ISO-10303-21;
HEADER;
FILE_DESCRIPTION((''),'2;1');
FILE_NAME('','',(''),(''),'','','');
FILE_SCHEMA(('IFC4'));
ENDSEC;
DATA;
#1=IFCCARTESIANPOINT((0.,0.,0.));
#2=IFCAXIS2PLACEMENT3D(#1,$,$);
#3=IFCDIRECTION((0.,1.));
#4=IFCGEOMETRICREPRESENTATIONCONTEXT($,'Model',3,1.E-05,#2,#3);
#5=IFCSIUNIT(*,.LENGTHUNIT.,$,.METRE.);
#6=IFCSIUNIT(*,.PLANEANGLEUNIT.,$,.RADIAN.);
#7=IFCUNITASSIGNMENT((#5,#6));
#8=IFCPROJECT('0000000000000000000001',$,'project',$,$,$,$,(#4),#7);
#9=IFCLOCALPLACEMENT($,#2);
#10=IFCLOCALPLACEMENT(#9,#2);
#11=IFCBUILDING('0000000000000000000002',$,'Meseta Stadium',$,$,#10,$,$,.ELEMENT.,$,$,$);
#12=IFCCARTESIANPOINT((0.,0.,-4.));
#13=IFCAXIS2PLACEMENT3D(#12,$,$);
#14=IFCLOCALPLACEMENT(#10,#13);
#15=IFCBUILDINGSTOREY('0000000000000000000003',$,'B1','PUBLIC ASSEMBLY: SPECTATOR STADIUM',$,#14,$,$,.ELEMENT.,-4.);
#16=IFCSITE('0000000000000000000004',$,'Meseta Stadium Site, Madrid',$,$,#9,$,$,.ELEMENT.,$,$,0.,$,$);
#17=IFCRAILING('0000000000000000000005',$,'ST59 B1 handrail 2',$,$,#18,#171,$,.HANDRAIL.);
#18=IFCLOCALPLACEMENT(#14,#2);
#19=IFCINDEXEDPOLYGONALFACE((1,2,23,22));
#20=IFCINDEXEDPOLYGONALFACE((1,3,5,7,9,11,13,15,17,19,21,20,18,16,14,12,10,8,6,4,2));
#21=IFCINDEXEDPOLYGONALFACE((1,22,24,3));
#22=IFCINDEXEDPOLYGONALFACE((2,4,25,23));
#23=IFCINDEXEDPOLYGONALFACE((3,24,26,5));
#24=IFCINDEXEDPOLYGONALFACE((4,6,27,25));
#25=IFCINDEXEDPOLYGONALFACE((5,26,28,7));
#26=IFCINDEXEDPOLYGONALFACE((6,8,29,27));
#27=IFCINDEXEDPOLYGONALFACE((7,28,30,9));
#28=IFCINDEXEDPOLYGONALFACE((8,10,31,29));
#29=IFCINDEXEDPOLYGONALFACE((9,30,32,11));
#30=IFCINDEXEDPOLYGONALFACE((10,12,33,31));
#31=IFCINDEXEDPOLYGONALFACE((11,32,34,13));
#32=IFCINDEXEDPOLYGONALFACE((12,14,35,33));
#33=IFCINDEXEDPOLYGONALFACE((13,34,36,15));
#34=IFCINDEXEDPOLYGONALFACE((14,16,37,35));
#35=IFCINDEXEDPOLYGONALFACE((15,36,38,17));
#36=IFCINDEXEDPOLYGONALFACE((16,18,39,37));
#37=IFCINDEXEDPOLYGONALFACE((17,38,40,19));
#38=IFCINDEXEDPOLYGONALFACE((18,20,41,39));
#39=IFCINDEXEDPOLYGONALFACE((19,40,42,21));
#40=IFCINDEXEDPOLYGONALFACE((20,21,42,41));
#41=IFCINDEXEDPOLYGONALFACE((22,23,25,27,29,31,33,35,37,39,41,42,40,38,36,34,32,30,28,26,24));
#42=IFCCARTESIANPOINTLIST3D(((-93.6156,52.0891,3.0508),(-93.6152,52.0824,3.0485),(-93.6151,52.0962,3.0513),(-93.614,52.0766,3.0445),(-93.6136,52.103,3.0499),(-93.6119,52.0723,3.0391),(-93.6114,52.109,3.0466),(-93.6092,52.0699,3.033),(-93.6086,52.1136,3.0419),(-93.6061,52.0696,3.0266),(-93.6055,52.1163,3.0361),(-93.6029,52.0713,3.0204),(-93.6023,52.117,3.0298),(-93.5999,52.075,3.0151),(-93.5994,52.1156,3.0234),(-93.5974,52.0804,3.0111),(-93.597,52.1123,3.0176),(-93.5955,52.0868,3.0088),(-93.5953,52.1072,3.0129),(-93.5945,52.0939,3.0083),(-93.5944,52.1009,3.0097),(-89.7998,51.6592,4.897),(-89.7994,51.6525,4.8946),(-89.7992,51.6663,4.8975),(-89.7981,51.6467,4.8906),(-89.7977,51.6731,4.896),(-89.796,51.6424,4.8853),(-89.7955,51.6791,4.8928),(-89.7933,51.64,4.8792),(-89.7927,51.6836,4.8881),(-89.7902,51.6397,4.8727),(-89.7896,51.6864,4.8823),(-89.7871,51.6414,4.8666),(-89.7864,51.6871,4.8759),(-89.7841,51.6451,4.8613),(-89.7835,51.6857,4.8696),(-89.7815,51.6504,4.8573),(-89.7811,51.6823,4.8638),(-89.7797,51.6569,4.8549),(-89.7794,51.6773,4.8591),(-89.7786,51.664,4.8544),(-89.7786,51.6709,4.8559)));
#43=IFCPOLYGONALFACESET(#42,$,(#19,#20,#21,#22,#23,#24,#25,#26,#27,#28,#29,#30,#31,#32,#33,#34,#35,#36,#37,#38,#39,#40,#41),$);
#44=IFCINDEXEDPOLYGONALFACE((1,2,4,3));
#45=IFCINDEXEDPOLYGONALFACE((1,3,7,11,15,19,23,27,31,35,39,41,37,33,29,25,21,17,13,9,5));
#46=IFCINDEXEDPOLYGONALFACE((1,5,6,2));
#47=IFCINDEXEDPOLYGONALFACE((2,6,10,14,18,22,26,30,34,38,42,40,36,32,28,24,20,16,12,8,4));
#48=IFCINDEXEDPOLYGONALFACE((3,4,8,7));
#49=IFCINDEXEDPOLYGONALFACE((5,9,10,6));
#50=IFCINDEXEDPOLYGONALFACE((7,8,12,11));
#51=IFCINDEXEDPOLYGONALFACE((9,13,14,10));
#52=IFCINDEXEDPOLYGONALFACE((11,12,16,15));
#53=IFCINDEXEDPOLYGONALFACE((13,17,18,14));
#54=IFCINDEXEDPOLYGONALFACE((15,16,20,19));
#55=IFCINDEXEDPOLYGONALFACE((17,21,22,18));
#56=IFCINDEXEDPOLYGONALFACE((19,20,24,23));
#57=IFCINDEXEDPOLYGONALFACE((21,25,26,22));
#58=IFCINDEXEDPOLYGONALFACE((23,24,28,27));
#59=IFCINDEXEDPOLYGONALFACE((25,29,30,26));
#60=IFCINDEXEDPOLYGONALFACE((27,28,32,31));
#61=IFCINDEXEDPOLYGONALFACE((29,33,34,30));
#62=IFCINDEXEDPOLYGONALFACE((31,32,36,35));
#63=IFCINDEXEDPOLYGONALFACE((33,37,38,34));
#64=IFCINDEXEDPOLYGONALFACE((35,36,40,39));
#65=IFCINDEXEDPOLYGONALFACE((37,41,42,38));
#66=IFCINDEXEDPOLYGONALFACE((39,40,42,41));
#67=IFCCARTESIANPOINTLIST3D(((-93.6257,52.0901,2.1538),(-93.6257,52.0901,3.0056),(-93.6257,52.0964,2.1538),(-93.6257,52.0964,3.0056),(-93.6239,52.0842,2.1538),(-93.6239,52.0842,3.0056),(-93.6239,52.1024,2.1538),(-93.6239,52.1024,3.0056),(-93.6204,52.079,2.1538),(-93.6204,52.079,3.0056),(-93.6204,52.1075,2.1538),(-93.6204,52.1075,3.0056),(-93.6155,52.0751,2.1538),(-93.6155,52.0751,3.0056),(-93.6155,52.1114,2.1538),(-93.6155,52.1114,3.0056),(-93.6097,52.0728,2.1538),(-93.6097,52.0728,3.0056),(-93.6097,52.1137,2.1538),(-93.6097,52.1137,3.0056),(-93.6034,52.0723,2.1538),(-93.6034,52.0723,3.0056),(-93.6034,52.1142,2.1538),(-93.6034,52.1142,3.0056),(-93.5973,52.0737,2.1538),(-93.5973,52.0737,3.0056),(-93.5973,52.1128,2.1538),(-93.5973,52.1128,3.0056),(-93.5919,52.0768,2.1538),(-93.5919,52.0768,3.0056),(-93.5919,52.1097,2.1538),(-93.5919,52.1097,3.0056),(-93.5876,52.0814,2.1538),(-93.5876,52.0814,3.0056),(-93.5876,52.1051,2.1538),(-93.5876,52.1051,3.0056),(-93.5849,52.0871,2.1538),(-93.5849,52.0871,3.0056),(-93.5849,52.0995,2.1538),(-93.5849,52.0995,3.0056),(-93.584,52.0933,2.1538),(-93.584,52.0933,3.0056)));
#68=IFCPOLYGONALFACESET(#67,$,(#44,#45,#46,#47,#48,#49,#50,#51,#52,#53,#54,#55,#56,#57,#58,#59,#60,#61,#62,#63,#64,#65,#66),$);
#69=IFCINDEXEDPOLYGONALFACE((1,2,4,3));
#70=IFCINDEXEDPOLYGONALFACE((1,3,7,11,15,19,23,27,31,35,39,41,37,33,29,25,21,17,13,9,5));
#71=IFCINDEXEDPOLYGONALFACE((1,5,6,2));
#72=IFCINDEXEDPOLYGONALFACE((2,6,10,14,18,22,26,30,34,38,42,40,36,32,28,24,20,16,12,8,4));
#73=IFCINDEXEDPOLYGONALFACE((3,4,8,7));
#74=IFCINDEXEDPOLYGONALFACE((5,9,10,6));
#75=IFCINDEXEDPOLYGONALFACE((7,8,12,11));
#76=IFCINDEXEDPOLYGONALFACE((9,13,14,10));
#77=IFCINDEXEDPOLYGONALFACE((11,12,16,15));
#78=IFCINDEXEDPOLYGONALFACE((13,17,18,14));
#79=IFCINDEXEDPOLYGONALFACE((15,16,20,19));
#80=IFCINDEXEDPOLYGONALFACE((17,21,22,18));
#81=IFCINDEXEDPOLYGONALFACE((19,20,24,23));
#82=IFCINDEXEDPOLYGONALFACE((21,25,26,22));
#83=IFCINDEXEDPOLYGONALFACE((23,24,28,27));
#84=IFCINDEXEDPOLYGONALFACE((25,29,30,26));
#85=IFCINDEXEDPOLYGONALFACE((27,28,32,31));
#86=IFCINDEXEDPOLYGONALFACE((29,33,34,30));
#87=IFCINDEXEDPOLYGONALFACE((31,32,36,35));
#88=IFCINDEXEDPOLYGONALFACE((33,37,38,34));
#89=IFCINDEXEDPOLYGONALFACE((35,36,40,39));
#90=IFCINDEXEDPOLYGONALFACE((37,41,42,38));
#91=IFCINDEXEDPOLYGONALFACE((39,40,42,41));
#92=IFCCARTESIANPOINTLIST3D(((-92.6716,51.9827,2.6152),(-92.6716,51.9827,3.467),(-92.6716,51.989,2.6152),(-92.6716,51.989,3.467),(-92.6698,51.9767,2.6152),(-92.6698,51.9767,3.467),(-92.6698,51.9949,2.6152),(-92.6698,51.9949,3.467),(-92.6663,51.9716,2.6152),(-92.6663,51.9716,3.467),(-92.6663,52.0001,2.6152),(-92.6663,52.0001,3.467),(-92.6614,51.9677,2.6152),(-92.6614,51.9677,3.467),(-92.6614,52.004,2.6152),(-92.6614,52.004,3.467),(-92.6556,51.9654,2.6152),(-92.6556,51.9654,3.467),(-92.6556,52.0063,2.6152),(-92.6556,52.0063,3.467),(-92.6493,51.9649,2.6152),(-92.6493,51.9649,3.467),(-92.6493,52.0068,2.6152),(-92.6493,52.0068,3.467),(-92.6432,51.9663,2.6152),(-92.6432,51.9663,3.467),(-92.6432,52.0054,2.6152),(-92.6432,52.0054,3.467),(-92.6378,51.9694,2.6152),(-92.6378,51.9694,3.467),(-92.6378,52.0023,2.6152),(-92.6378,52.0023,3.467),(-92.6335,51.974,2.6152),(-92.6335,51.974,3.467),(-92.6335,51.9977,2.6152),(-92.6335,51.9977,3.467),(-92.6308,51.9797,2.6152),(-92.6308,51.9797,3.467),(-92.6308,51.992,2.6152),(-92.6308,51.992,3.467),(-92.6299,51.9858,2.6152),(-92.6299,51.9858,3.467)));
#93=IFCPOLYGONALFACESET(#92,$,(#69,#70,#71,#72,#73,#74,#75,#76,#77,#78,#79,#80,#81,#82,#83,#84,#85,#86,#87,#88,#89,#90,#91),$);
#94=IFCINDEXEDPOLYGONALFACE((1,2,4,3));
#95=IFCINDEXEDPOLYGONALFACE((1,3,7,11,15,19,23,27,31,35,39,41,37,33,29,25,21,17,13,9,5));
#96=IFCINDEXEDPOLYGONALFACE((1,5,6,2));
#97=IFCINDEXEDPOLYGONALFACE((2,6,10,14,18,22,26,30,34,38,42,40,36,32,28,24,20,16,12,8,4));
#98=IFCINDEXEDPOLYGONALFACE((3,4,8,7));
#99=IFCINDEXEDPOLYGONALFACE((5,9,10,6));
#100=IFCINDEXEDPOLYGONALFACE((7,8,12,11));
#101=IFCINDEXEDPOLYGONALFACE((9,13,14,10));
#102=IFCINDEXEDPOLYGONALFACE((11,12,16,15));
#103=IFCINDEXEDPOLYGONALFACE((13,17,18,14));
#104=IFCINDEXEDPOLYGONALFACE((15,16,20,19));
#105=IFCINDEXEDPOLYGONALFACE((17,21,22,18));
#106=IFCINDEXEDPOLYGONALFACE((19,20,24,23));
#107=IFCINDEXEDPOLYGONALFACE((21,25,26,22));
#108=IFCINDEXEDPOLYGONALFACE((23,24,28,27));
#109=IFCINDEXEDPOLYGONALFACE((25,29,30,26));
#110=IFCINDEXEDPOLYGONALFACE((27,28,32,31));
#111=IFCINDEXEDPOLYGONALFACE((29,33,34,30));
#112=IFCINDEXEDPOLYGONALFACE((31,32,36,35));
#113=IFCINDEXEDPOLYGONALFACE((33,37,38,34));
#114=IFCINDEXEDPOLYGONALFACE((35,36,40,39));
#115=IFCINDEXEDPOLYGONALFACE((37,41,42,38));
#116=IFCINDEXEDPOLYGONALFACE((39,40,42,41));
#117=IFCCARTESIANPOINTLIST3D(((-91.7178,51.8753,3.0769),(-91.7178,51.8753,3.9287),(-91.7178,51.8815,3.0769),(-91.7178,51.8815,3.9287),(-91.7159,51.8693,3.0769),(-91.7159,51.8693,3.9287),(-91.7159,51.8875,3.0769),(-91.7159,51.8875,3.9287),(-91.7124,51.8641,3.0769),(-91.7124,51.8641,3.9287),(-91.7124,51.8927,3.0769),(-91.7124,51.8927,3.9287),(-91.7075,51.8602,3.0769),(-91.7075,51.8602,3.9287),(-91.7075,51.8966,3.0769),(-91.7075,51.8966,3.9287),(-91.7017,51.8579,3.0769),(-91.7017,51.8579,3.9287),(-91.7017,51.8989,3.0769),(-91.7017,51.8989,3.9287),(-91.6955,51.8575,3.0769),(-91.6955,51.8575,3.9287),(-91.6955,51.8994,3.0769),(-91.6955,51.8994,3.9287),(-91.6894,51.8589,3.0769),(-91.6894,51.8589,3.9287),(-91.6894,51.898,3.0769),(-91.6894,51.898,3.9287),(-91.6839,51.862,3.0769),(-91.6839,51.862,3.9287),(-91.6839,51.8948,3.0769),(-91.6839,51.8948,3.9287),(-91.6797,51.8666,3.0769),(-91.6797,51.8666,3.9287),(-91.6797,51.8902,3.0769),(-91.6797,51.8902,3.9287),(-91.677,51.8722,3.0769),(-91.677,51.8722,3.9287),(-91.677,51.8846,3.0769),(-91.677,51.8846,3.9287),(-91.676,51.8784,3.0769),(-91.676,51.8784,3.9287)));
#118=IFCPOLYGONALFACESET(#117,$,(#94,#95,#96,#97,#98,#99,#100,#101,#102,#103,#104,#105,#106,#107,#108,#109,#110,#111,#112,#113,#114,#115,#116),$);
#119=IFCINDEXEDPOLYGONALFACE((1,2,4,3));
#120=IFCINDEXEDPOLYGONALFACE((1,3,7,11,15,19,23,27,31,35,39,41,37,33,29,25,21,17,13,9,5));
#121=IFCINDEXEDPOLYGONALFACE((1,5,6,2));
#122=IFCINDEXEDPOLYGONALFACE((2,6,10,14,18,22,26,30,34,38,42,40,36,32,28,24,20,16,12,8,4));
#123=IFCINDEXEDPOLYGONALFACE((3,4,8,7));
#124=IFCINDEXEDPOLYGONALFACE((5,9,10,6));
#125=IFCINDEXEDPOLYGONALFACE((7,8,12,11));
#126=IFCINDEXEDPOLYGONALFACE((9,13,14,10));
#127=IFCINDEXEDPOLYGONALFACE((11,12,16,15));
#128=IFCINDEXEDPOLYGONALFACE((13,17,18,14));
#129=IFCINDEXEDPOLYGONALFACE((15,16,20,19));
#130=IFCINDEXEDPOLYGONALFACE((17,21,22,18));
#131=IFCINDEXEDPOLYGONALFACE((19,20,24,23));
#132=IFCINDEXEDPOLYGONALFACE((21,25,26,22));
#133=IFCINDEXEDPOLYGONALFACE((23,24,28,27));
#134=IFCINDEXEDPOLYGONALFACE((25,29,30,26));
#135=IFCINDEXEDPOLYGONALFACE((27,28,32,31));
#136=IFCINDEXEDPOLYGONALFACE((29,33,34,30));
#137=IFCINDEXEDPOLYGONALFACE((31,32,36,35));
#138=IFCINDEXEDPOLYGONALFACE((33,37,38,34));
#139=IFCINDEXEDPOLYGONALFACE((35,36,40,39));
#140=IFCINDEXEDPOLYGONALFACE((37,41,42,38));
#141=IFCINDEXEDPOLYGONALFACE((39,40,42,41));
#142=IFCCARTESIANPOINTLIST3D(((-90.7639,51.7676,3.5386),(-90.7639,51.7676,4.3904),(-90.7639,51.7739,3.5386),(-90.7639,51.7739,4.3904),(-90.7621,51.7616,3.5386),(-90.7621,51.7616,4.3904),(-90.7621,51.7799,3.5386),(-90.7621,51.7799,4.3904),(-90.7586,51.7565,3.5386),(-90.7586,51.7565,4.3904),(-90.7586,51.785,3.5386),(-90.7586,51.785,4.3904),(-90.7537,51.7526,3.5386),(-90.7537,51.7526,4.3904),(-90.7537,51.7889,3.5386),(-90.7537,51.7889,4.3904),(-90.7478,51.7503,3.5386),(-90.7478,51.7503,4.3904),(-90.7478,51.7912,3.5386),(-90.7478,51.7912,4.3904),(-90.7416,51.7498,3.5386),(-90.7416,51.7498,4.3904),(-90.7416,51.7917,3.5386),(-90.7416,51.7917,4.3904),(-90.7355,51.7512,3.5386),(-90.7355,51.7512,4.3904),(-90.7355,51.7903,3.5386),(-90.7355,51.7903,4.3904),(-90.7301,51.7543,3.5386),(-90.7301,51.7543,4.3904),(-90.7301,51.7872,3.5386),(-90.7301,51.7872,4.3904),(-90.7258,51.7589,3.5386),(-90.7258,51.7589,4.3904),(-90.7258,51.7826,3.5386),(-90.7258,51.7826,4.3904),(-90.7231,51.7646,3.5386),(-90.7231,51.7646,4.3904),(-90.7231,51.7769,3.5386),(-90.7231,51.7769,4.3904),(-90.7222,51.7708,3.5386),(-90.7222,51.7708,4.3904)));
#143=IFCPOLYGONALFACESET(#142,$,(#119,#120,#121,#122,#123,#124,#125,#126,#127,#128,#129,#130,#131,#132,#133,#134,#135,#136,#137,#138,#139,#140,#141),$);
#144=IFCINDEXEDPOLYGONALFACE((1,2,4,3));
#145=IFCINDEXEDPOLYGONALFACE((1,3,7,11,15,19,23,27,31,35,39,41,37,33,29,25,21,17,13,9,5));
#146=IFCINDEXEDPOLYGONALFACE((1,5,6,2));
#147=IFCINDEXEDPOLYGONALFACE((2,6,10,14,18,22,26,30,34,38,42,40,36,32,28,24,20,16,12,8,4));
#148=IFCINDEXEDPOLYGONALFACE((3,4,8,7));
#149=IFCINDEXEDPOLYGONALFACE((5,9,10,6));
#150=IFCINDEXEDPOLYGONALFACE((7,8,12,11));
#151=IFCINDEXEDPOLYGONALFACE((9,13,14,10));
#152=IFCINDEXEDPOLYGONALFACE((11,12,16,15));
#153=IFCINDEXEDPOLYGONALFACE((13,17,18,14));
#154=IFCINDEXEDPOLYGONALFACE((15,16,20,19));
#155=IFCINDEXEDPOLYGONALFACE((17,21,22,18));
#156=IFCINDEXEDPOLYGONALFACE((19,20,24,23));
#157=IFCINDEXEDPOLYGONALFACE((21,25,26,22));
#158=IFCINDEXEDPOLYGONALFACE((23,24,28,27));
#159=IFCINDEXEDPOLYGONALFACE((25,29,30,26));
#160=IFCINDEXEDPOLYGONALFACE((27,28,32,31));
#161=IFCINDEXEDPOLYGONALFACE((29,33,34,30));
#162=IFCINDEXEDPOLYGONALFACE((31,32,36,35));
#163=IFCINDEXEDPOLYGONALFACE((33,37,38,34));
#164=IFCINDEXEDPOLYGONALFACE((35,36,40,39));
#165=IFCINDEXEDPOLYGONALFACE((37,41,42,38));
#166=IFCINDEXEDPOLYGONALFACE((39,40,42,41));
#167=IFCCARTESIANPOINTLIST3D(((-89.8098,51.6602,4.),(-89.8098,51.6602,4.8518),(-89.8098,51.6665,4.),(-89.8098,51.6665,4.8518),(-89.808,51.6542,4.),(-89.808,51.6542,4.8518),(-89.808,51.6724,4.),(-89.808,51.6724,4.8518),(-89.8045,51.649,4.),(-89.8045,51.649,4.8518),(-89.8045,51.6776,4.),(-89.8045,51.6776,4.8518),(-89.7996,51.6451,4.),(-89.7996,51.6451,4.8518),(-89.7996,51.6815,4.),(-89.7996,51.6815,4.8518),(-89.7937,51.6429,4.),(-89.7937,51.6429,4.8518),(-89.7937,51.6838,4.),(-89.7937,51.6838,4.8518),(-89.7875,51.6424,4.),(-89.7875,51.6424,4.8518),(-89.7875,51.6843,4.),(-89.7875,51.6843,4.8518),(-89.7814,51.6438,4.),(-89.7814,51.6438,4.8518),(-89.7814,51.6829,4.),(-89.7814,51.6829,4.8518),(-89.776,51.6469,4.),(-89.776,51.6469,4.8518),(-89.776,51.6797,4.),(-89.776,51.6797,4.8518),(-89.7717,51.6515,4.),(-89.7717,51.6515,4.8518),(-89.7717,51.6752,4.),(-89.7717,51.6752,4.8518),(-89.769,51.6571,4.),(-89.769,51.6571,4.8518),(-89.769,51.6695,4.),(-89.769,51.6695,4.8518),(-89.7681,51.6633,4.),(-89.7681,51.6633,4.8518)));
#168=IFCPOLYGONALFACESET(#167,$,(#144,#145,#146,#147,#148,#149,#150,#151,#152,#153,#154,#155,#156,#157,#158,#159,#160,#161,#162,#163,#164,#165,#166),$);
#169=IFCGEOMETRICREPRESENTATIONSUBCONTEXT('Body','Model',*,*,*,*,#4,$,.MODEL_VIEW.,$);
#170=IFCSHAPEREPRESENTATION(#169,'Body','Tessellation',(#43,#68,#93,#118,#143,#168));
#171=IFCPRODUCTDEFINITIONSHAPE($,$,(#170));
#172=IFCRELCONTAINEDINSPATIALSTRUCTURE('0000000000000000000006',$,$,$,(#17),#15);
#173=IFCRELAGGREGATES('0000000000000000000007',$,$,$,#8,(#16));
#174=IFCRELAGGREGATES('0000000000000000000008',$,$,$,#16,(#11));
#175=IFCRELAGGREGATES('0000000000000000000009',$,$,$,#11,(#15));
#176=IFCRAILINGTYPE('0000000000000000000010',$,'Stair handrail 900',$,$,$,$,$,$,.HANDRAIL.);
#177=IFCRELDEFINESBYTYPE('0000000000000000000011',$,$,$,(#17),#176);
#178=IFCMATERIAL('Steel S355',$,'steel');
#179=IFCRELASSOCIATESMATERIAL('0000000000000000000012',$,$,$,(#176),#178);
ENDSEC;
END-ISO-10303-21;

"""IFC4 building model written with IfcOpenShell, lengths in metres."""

from ifc_helpers import new_model, si_unit, direction, frame, origin, origin_2d, place, context, subcontext, project, spatial, circle, extrude, material, type_object, element, save


model = new_model("IFC4")

# Units and contexts
model_context = context("Model", 3, precision=1e-05, world=origin(), true_north=direction((0.0, 1.0)))
body_context = subcontext(model_context, "Body", "Model", "MODEL_VIEW")
ifc_project = project(units=[si_unit("LENGTHUNIT", "METRE"), si_unit("PLANEANGLEUNIT", "RADIAN")], contexts=[model_context])

# Site, building, storey
site_placement = place(None, origin())
site = spatial("IfcSite", under=ifc_project, at=site_placement, Name="Meseta Stadium Site, Madrid", CompositionType="ELEMENT", RefElevation=0.0)
building_placement = place(site_placement, origin())
building = spatial("IfcBuilding", under=site, at=building_placement, Name="Meseta Stadium", CompositionType="ELEMENT")
storey_placement = place(building_placement, frame((0.0, 0.0, -4.0)))
storey = spatial("IfcBuildingStorey", under=building, at=storey_placement, Name="B1", Description="PUBLIC ASSEMBLY: SPECTATOR STADIUM", CompositionType="ELEMENT", Elevation=-4.0)

# Railing
ifc_material_1 = material(Name="Steel S355", Category="steel")
railing_type_1 = type_object("IfcRailingType", Name="Stair handrail 900", PredefinedType="HANDRAIL", material=ifc_material_1)
for number, where, name in (
    (1, (-93.605, 52.0933, 2.1538), "ST59 B1 handrail 2"),
):
    element("IfcRailing", number, at=place(storey_placement, frame(where)), inside=storey, type_object=railing_type_1, Name=name, PredefinedType="HANDRAIL", context=body_context, shape_type="SweptSolid", body=[
        extrude(circle(Radius=0.0239, at=origin_2d()), frame((0.0, 0.0, 0.876), z_axis=(0.895585, -0.100904, 0.433296), x_axis=(0.11196, 0.993713, 0.0)), (0.0, 0.0, 1.0), 4.2607),
        extrude(circle(Radius=0.021, at=origin_2d()), origin(), (0.0, 0.0, 1.0), 0.8518),
        extrude(circle(Radius=0.021, at=origin_2d()), frame((0.9541, -0.1074, 0.4614)), (0.0, 0.0, 1.0), 0.8518),
        extrude(circle(Radius=0.021, at=origin_2d()), frame((1.908, -0.2148, 0.9231)), (0.0, 0.0, 1.0), 0.8518),
        extrude(circle(Radius=0.021, at=origin_2d()), frame((2.8618, -0.3225, 1.3848)), (0.0, 0.0, 1.0), 0.8518),
        extrude(circle(Radius=0.021, at=origin_2d()), frame((3.8159, -0.4299, 1.8462)), (0.0, 0.0, 1.0), 0.8518),
    ])

save(model, "model.ifc")
